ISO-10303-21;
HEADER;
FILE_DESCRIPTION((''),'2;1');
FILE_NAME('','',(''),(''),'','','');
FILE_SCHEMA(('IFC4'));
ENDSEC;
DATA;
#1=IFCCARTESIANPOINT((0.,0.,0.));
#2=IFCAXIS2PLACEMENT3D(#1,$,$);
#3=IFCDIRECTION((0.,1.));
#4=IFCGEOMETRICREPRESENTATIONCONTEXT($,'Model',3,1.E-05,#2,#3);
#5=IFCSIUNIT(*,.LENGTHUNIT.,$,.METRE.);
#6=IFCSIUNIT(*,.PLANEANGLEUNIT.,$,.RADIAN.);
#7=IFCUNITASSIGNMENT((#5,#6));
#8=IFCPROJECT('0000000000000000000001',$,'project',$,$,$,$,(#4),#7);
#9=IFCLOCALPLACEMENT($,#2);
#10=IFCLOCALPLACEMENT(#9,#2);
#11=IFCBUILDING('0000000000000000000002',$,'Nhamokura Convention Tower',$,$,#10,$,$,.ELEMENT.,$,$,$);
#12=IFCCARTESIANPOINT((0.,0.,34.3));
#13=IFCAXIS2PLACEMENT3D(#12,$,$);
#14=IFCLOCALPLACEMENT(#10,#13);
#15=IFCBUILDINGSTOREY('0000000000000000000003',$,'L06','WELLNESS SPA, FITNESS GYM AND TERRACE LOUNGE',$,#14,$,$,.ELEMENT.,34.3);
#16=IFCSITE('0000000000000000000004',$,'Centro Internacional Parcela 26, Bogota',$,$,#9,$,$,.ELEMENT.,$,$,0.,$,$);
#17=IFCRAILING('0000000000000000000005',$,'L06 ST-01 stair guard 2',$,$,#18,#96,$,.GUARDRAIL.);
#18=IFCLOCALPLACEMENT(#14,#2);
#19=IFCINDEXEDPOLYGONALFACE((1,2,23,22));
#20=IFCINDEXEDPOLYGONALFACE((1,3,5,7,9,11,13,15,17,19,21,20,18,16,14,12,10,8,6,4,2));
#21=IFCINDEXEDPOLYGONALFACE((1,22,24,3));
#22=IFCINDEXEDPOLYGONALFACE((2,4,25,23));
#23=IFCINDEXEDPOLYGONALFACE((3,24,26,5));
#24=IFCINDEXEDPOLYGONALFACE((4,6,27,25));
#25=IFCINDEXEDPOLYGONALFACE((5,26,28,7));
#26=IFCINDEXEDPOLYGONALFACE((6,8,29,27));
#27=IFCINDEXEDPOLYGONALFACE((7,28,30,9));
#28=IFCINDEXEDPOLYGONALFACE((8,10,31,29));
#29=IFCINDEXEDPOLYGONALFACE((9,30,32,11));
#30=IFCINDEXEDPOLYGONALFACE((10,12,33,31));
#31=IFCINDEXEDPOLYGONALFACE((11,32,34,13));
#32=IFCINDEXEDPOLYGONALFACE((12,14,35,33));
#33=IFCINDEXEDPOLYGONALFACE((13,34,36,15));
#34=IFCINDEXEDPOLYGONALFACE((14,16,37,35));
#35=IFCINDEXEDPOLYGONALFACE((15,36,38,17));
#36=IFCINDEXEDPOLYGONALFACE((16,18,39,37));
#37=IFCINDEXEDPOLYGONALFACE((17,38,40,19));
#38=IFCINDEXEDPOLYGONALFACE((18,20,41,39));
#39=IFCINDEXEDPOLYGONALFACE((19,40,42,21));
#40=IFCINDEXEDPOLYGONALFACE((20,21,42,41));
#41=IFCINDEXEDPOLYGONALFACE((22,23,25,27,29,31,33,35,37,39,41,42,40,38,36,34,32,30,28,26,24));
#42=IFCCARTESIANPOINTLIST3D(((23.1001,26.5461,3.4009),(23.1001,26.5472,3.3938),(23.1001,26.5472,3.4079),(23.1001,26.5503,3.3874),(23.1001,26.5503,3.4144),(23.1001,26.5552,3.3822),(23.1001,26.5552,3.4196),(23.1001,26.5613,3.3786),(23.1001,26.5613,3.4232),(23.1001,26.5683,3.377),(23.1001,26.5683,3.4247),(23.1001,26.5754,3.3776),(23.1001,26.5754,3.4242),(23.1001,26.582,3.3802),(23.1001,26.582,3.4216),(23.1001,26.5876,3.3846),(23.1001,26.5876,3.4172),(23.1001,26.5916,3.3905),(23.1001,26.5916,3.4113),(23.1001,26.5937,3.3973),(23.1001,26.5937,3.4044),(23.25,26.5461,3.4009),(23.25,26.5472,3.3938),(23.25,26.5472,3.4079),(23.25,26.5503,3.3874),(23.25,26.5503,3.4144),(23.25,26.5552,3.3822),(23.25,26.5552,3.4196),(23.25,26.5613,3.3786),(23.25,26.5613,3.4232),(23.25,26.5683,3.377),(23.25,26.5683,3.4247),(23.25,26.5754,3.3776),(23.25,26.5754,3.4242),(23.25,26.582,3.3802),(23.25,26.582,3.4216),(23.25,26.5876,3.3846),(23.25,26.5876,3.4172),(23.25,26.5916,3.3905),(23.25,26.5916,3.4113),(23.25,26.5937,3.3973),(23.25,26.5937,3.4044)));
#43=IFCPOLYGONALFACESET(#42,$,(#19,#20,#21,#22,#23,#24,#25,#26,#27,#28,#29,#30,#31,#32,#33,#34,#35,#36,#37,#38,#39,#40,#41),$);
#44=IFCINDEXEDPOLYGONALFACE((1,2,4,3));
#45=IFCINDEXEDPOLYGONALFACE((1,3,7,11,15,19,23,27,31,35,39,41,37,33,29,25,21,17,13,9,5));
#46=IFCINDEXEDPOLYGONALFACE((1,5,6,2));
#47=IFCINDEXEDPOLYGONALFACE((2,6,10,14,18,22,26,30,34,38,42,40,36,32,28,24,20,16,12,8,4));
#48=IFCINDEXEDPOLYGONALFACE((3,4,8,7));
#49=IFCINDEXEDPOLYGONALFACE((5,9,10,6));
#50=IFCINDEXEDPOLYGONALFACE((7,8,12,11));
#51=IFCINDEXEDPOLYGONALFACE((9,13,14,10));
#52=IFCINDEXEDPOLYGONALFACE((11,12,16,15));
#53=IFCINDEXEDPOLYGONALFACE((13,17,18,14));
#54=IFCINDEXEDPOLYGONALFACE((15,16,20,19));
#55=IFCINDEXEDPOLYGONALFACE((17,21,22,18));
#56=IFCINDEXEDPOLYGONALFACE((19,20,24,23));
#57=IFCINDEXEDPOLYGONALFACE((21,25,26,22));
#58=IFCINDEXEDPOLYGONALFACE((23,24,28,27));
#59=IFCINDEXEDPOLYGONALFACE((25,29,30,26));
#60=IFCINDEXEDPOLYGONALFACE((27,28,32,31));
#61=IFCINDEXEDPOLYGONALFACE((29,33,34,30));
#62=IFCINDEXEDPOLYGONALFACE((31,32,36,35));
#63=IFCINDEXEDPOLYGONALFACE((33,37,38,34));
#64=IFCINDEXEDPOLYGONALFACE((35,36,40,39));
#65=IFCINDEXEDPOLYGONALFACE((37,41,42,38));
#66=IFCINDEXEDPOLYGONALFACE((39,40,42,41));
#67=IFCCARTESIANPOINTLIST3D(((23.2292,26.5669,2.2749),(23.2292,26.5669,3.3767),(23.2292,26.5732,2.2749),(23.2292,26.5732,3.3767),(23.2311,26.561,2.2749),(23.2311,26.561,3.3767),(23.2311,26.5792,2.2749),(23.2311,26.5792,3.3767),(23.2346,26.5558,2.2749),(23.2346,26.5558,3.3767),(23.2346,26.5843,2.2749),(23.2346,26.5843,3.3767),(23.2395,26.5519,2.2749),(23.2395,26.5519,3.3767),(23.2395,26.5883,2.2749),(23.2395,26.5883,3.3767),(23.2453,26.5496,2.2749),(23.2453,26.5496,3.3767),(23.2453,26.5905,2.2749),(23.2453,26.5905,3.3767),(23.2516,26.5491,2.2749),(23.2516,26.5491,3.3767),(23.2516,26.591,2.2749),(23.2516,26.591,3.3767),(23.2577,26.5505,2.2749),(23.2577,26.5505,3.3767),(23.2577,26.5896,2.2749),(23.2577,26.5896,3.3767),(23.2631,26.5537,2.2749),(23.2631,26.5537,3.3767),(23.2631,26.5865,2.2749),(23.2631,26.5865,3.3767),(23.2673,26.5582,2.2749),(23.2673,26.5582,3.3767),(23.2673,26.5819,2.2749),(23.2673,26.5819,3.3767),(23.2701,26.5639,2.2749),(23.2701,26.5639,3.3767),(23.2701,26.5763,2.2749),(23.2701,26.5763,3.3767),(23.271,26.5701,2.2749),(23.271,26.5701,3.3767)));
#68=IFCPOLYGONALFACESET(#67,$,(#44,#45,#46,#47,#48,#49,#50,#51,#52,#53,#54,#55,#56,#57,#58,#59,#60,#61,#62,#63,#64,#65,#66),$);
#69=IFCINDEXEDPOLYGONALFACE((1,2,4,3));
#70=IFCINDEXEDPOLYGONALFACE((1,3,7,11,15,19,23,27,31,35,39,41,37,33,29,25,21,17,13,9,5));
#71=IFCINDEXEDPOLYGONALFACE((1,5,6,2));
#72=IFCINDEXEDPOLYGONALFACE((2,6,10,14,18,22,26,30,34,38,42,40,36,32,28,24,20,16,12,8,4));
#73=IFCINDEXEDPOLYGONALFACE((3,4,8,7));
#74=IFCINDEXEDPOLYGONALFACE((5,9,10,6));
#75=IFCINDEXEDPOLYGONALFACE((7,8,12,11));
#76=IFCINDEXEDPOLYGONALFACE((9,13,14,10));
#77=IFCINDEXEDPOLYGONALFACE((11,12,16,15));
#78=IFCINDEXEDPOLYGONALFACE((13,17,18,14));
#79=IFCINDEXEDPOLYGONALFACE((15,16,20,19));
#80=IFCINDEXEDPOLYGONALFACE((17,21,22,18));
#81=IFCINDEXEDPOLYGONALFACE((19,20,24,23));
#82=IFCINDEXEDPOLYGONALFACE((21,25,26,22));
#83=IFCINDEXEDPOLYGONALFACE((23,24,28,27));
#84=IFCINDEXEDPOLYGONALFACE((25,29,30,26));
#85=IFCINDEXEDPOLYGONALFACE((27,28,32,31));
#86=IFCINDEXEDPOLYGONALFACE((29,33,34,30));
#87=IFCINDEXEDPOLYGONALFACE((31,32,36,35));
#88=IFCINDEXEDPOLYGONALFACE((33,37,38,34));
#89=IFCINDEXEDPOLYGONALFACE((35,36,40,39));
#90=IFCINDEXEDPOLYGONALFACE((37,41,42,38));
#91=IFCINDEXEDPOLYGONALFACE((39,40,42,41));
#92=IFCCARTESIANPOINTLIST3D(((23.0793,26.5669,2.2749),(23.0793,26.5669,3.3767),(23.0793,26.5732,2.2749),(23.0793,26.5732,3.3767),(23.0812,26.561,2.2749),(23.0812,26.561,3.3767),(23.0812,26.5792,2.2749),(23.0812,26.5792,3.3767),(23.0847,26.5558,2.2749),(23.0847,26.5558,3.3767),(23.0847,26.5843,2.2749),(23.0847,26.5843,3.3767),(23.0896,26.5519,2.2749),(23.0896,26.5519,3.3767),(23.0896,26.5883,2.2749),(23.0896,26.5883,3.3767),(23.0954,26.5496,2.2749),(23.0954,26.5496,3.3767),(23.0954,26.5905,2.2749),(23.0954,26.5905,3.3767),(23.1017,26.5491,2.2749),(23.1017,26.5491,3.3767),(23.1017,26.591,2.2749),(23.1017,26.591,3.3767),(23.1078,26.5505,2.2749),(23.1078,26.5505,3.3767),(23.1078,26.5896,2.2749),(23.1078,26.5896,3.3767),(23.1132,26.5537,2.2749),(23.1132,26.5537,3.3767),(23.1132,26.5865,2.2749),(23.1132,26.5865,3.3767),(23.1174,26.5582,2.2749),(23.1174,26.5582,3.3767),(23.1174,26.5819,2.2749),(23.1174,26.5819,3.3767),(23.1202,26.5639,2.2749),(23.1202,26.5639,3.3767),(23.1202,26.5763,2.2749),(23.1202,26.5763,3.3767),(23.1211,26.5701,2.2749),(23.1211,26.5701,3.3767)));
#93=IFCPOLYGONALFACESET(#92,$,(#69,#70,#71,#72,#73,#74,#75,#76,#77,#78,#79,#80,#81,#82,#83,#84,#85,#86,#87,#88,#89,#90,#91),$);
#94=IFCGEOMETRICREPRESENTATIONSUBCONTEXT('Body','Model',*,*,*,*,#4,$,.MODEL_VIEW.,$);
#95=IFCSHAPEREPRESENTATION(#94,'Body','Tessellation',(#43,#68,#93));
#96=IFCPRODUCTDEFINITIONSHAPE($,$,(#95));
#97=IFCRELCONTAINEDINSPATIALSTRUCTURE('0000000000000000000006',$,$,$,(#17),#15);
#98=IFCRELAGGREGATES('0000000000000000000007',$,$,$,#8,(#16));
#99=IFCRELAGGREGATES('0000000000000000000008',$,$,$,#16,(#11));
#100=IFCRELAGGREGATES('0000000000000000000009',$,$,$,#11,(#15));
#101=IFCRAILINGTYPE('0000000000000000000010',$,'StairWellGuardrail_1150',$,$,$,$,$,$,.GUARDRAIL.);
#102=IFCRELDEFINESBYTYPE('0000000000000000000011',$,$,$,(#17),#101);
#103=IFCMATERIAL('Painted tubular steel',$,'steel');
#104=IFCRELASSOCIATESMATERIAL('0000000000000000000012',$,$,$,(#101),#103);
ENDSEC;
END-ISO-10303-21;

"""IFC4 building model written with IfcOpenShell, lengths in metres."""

from ifc_helpers import new_model, si_unit, direction, frame, origin, origin_2d, place, context, subcontext, project, spatial, circle, extrude, material, type_object, element, save


model = new_model("IFC4")

# Units and contexts
model_context = context("Model", 3, precision=1e-05, world=origin(), true_north=direction((0.0, 1.0)))
body_context = subcontext(model_context, "Body", "Model", "MODEL_VIEW")
ifc_project = project(units=[si_unit("LENGTHUNIT", "METRE"), si_unit("PLANEANGLEUNIT", "RADIAN")], contexts=[model_context])

# Site, building, storey
site_placement = place(None, origin())
site = spatial("IfcSite", under=ifc_project, at=site_placement, Name="Centro Internacional Parcela 26, Bogota", CompositionType="ELEMENT", RefElevation=0.0)
building_placement = place(site_placement, origin())
building = spatial("IfcBuilding", under=site, at=building_placement, Name="Nhamokura Convention Tower", CompositionType="ELEMENT")
storey_placement = place(building_placement, frame((0.0, 0.0, 34.3)))
storey = spatial("IfcBuildingStorey", under=building, at=storey_placement, Name="L06", Description="WELLNESS SPA, FITNESS GYM AND TERRACE LOUNGE", CompositionType="ELEMENT", Elevation=34.3)

# Railing
ifc_material_1 = material(Name="Painted tubular steel", Category="steel")
railing_type_1 = type_object("IfcRailingType", Name="StairWellGuardrail_1150", PredefinedType="GUARDRAIL", material=ifc_material_1)
railing_1_placement = place(storey_placement, frame((23.25, 26.5701, 2.2749)))
element("IfcRailing", 1, at=railing_1_placement, inside=storey, type_object=railing_type_1, Name="L06 ST-01 stair guard 2", PredefinedType="GUARDRAIL", context=body_context, shape_type="SweptSolid", body=[
    extrude(circle(Radius=0.0239, at=origin_2d()), frame((0.0, 0.0, 1.126), z_axis=(-1.0, 0.0, 0.0), x_axis=(0.0, -1.0, 0.0)), (0.0, 0.0, 1.0), 0.1499),
    extrude(circle(Radius=0.021, at=origin_2d()), origin(), (0.0, 0.0, 1.0), 1.1018),
    extrude(circle(Radius=0.021, at=origin_2d()), frame((-0.1499, 0.0, 0.0)), (0.0, 0.0, 1.0), 1.1018),
])

save(model, "model.ifc")
